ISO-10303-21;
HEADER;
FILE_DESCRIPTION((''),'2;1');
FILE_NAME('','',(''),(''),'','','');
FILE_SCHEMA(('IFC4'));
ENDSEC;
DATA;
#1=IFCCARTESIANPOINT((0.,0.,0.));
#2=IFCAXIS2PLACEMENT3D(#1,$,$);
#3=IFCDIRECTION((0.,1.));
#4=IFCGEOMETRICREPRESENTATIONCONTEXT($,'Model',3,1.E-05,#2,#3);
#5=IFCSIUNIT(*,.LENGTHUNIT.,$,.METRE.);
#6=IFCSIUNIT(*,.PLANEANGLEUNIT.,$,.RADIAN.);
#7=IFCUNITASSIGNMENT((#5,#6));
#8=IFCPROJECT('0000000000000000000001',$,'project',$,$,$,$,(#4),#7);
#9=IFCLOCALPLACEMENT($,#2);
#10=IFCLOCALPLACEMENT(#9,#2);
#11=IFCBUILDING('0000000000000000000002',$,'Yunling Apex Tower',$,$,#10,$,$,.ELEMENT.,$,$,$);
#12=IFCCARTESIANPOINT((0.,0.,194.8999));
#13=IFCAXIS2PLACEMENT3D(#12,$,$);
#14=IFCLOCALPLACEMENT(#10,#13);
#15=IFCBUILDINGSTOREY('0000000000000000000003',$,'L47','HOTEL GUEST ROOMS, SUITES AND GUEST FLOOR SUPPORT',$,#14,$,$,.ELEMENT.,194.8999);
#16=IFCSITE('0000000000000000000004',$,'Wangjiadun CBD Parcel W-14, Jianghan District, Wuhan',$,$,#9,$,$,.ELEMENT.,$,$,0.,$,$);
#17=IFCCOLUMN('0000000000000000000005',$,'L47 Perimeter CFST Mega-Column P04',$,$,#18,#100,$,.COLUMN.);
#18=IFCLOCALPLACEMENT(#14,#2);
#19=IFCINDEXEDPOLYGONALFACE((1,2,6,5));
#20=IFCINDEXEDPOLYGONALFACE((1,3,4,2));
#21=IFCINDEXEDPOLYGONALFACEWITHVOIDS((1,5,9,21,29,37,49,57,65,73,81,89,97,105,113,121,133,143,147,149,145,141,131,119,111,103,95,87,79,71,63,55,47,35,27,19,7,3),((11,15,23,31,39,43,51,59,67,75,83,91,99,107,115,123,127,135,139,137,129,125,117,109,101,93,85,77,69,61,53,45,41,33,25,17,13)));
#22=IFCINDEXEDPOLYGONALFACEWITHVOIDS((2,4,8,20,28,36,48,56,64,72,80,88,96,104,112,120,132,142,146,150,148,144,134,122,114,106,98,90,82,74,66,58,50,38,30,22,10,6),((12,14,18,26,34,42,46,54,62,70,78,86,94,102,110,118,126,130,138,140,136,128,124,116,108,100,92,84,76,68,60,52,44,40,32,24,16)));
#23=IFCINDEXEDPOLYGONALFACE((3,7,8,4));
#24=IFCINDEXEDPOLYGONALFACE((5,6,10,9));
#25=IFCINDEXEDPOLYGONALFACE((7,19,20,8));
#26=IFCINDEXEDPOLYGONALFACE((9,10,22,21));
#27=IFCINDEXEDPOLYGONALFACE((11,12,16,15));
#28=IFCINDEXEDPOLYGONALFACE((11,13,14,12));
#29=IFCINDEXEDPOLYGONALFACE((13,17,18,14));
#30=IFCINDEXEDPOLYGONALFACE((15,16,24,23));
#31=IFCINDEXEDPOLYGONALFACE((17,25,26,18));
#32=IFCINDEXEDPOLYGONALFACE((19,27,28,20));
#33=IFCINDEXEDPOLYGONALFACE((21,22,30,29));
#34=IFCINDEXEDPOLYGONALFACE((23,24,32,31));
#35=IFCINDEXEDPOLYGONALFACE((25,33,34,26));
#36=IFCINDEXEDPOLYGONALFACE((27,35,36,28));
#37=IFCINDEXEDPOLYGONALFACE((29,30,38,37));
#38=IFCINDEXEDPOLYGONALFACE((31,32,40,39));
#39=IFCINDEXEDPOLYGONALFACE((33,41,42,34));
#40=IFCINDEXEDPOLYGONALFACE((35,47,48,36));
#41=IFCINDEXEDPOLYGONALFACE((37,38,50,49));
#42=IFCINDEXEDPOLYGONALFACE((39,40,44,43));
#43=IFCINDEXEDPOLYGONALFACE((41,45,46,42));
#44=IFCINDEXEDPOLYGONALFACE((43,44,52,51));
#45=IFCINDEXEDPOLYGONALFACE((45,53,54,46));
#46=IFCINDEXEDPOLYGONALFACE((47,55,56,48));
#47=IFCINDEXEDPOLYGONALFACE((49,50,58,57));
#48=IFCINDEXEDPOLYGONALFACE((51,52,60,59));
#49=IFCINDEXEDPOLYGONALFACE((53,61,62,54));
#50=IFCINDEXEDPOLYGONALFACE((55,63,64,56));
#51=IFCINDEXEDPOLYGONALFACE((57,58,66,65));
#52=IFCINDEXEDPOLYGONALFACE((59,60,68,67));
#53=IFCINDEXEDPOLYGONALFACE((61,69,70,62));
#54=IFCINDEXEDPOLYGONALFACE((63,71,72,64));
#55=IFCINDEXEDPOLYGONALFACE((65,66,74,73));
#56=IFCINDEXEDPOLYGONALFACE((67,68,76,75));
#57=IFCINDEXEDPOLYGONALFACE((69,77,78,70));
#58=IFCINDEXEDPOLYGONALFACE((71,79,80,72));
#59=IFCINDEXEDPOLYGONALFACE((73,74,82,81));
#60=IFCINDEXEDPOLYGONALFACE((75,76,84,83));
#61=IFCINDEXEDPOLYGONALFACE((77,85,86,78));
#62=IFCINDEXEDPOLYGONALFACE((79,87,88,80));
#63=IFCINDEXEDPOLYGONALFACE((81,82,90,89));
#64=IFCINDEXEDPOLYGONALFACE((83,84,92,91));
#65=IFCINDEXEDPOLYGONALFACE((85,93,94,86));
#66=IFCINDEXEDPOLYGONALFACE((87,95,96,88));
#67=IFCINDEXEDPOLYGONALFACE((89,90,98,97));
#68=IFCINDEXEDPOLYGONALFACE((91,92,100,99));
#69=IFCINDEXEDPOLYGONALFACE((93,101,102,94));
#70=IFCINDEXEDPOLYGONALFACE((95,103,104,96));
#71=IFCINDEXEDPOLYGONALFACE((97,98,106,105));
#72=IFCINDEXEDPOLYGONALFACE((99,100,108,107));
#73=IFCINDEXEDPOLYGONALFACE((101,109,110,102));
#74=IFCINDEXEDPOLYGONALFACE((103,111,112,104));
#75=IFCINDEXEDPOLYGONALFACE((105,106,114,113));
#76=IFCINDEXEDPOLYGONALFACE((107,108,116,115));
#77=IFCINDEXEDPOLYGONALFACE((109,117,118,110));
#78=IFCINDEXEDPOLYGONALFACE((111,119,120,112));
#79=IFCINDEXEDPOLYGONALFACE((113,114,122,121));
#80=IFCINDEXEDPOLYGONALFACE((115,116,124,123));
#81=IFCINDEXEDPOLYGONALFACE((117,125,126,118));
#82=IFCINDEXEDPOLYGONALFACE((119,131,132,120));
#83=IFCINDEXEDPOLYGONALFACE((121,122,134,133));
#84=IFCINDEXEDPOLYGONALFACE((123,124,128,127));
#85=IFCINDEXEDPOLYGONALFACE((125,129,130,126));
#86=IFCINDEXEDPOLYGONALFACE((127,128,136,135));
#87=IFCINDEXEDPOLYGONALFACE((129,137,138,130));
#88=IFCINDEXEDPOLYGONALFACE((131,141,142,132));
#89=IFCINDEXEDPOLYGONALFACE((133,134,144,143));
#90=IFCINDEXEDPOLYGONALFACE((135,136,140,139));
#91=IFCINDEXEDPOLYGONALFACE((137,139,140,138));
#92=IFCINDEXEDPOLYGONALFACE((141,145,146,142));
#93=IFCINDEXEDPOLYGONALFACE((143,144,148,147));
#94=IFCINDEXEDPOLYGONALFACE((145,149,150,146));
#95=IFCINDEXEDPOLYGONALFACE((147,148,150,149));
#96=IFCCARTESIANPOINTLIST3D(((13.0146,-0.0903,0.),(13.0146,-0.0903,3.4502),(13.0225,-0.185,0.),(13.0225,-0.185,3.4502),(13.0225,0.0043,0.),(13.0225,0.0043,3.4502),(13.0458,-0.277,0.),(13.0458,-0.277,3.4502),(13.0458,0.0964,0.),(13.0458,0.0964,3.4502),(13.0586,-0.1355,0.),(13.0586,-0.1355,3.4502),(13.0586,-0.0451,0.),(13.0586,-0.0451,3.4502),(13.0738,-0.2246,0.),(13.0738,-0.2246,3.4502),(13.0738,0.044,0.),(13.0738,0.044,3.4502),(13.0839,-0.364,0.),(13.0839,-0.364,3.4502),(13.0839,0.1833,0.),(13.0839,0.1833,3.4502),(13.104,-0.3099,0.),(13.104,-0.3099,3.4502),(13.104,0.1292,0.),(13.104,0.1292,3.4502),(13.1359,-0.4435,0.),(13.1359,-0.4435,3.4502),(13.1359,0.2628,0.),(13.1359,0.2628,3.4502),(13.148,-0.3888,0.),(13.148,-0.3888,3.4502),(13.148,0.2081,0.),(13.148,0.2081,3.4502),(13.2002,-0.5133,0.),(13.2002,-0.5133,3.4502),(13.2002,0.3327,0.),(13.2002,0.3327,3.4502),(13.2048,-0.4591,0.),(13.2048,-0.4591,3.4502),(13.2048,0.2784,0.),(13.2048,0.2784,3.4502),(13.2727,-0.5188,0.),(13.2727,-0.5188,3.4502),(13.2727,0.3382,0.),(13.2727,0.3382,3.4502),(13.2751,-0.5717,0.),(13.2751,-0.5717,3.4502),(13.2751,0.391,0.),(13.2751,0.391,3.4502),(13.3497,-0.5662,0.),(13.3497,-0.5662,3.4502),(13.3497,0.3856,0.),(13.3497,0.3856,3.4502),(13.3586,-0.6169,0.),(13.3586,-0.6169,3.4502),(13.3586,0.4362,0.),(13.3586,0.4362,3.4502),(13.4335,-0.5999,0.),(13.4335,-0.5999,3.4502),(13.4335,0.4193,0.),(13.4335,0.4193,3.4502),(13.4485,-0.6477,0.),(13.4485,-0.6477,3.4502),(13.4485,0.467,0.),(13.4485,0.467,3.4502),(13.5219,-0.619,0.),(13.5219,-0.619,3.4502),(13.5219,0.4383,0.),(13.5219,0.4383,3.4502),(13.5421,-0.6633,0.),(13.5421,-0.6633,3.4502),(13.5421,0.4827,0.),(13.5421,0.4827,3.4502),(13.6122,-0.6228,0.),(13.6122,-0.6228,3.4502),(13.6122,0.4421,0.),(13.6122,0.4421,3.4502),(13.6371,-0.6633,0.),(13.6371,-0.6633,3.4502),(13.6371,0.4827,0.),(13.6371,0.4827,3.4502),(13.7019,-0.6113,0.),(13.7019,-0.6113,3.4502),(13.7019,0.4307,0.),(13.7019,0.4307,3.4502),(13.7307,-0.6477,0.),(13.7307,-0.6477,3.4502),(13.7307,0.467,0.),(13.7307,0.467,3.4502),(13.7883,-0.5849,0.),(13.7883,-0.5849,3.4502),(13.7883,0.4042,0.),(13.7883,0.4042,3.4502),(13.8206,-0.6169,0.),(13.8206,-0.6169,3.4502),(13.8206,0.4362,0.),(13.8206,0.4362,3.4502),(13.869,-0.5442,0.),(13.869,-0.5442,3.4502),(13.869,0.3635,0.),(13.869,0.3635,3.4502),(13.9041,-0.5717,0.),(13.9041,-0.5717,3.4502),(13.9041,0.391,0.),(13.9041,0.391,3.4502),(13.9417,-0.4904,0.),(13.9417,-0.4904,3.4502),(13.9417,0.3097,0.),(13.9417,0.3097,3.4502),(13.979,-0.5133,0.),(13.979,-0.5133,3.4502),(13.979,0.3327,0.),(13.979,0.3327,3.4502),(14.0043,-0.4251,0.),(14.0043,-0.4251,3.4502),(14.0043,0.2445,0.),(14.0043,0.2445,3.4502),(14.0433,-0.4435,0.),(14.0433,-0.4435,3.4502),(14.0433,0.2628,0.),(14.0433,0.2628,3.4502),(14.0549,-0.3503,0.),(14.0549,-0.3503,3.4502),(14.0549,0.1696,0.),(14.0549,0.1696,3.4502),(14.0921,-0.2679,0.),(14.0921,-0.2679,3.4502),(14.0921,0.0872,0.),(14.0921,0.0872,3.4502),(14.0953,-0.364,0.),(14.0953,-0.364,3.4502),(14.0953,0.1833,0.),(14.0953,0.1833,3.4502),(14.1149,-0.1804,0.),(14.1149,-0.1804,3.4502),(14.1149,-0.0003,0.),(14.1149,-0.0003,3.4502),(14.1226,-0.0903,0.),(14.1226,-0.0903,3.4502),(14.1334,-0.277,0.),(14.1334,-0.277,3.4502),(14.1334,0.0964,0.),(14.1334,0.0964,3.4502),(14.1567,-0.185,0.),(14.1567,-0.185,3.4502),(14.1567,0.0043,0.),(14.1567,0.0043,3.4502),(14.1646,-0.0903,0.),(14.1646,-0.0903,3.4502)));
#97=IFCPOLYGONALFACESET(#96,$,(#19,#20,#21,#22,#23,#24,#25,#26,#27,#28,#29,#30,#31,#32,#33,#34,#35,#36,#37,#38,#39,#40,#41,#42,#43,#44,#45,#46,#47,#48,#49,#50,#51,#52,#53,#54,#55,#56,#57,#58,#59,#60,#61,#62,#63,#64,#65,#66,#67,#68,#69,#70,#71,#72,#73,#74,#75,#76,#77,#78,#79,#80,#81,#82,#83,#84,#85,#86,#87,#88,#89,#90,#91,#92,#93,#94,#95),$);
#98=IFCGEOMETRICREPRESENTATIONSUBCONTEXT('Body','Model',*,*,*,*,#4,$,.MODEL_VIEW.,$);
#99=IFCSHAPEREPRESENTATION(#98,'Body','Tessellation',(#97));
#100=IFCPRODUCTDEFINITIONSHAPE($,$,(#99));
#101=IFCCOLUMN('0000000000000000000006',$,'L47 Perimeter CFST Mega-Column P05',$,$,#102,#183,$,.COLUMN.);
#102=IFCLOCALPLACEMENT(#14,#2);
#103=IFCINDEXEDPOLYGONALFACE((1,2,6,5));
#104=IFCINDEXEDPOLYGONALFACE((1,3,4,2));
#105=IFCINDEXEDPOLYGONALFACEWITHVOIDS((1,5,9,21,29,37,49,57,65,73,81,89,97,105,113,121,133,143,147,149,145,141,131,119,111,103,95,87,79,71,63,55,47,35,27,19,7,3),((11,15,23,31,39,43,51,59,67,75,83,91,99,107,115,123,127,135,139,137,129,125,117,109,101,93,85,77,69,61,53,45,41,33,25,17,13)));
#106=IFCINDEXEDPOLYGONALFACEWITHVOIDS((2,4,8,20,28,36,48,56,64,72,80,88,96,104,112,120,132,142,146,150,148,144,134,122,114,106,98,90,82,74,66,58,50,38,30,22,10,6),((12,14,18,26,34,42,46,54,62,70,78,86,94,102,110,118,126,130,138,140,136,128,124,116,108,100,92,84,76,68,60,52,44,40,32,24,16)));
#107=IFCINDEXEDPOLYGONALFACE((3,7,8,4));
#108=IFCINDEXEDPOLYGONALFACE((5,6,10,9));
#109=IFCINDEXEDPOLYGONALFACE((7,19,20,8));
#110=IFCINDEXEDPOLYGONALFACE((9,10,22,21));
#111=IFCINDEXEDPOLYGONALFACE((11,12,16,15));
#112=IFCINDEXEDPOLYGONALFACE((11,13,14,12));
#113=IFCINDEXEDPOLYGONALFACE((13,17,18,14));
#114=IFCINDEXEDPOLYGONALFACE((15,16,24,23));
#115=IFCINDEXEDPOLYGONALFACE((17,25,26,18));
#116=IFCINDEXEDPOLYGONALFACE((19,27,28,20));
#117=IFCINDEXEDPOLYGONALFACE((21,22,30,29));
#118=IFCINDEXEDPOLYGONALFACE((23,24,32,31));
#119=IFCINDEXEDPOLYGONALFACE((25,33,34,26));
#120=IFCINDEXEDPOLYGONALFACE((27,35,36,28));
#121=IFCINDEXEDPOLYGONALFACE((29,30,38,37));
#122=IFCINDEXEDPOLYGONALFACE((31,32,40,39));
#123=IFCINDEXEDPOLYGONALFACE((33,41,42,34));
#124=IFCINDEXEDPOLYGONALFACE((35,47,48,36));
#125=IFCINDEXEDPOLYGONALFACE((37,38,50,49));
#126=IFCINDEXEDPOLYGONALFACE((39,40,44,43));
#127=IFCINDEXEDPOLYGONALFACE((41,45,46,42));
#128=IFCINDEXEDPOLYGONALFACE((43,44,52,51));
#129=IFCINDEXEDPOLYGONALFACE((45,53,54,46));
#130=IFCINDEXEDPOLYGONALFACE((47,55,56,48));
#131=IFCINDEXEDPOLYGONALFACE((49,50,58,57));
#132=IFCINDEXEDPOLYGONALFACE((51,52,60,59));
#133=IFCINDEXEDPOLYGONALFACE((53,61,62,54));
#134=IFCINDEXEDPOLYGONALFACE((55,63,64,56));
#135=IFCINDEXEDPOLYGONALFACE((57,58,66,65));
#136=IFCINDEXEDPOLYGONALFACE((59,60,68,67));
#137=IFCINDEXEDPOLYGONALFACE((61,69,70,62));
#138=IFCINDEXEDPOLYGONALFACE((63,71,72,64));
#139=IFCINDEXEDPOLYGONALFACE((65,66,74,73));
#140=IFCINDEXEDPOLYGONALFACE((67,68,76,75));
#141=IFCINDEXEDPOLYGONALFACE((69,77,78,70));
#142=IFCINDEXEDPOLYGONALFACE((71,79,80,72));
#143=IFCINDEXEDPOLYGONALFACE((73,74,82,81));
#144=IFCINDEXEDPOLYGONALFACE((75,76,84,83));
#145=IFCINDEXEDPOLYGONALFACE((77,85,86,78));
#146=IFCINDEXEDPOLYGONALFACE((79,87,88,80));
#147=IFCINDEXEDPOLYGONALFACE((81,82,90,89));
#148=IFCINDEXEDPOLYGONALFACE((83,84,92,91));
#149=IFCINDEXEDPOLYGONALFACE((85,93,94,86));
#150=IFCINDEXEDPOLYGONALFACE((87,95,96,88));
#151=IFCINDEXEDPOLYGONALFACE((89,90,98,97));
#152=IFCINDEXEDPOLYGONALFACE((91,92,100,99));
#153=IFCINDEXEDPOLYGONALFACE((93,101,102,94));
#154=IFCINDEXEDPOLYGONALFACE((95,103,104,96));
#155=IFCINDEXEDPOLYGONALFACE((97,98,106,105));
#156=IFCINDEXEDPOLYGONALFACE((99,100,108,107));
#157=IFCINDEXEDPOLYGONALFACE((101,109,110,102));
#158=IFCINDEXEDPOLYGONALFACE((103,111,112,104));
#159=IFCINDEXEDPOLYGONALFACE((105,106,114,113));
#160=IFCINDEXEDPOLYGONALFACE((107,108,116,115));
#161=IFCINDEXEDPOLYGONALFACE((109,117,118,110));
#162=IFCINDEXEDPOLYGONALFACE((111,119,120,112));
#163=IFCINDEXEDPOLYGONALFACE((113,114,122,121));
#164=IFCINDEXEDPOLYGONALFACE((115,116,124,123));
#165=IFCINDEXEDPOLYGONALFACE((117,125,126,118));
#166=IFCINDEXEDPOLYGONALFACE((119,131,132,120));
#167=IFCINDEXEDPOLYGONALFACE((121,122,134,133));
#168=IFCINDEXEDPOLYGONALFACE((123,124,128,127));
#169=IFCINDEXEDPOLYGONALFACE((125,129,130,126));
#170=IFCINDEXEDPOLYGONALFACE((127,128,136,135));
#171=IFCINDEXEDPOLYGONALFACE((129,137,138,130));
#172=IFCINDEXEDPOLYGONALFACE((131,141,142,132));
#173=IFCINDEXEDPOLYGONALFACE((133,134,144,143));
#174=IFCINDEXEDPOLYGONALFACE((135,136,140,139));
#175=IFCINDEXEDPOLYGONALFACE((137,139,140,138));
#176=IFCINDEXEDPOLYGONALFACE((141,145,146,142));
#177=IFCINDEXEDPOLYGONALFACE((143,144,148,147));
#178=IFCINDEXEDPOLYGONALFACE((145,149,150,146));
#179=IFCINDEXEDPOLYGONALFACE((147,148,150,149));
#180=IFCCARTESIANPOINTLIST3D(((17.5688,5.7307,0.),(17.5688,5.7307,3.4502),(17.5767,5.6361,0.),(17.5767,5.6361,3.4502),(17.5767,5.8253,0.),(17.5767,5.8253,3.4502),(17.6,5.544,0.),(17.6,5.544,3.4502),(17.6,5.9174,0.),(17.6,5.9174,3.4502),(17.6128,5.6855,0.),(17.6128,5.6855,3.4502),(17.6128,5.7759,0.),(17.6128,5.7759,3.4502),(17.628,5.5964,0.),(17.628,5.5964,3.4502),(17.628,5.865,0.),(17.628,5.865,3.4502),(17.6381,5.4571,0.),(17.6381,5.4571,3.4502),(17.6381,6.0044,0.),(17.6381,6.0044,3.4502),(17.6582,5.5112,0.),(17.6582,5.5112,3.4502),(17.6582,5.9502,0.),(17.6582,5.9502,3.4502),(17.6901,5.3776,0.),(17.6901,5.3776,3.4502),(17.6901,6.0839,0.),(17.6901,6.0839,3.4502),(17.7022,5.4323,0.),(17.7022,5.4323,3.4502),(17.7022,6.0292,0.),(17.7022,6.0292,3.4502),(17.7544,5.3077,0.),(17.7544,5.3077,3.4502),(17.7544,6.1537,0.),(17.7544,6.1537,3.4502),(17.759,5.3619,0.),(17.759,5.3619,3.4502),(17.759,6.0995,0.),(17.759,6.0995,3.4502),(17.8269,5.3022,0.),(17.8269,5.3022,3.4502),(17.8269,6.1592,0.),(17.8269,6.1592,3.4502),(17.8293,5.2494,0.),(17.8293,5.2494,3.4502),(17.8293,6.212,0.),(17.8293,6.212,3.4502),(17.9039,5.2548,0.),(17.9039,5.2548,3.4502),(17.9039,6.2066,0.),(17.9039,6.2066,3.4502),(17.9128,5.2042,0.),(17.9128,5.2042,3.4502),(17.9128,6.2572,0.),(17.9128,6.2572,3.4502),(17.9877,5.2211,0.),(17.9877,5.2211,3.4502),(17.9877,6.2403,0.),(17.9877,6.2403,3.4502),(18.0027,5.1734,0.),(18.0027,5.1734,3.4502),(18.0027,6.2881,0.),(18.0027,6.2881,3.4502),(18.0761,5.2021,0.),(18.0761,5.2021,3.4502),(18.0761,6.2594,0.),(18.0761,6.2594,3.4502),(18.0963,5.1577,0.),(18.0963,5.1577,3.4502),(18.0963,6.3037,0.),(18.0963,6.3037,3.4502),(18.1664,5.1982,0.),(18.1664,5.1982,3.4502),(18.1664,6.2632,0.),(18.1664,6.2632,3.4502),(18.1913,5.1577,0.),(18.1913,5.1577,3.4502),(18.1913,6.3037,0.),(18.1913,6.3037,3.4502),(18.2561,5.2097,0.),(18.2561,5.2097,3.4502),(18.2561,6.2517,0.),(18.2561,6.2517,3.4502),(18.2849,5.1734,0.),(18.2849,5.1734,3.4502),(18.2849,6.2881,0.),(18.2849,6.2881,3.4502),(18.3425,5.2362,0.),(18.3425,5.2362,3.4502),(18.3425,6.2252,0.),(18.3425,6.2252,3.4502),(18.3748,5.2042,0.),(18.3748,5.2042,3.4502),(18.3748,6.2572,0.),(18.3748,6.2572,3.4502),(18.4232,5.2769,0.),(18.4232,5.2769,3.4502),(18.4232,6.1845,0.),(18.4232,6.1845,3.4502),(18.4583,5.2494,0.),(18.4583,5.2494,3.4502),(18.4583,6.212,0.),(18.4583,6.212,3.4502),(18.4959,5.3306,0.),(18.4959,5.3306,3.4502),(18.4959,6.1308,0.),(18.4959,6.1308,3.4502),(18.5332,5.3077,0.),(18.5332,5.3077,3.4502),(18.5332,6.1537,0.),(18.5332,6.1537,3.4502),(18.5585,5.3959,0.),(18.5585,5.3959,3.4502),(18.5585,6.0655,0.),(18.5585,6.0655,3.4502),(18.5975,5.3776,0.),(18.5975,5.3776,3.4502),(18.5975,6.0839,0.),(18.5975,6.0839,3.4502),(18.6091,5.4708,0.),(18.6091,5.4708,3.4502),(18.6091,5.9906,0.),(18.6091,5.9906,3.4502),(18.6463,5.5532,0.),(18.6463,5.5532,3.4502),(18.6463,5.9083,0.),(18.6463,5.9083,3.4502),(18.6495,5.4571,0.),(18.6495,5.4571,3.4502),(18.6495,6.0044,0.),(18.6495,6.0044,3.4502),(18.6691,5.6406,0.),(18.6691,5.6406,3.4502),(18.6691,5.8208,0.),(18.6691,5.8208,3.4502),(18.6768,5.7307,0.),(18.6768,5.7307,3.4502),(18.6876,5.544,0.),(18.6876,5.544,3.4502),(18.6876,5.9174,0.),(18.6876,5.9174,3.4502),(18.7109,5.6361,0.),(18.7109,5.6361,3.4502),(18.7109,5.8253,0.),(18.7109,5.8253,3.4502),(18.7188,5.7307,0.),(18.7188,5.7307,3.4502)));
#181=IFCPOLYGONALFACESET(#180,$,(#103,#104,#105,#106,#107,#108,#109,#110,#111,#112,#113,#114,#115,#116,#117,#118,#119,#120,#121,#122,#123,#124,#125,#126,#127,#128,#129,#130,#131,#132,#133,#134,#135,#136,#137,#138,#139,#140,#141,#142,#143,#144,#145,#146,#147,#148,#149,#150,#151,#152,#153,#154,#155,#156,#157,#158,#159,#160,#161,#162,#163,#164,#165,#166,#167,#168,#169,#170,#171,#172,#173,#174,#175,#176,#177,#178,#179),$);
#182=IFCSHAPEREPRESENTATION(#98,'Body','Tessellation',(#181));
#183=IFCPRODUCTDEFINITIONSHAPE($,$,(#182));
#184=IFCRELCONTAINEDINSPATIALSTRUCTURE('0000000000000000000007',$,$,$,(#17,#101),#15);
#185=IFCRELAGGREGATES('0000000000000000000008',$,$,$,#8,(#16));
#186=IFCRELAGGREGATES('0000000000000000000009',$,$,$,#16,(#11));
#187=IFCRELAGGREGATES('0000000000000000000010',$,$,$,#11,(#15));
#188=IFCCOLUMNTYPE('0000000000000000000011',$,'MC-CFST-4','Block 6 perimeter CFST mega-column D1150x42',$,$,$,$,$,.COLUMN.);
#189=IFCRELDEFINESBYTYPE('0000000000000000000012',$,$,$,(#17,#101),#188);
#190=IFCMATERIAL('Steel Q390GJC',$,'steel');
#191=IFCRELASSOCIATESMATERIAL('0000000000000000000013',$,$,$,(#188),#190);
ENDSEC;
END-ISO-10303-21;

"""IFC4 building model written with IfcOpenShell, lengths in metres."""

from ifc_helpers import new_model, si_unit, direction, frame, origin, origin_2d, place, context, subcontext, project, spatial, hollow_circle, extrude, source, transform, mapped, material, material_profile, profile_set, type_object, element, save


model = new_model("IFC4")

# Units and contexts
model_context = context("Model", 3, precision=1e-05, world=origin(), true_north=direction((0.0, 1.0)))
body_context = subcontext(model_context, "Body", "Model", "MODEL_VIEW")
ifc_project = project(units=[si_unit("LENGTHUNIT", "METRE"), si_unit("PLANEANGLEUNIT", "RADIAN")], contexts=[model_context])

# Site, building, storey
site_placement = place(None, origin())
site = spatial("IfcSite", under=ifc_project, at=site_placement, Name="Wangjiadun CBD Parcel W-14, Jianghan District, Wuhan", CompositionType="ELEMENT", RefElevation=0.0)
building_placement = place(site_placement, origin())
building = spatial("IfcBuilding", under=site, at=building_placement, Name="Yunling Apex Tower", CompositionType="ELEMENT")
storey_placement = place(building_placement, frame((0.0, 0.0, 194.8999)))
storey = spatial("IfcBuildingStorey", under=building, at=storey_placement, Name="L47", Description="HOTEL GUEST ROOMS, SUITES AND GUEST FLOOR SUPPORT", CompositionType="ELEMENT", Elevation=194.8999)

# Columns
ifc_material_1 = material(Name="Steel Q390GJC", Category="steel")
ifc_material_profile_1 = material_profile(ifc_material_1, hollow_circle(Radius=0.575, WallThickness=0.042, at=origin_2d()))
ifc_profile_set_1 = profile_set([ifc_material_profile_1], Name="Steel Q390GJC")
column_type = type_object("IfcColumnType", Name="MC-CFST-4", Description="Block 6 perimeter CFST mega-column D1150x42", PredefinedType="COLUMN", material=ifc_profile_set_1)
shared_shape_1 = source(origin(), body_context, "Body", "SweptSolid", [
    extrude(hollow_circle(Radius=0.575, WallThickness=0.042, at=origin_2d()), origin(), (0.0, 0.0, 1.0), 3.4502),
])
for number, where, z_axis, x_axis, name in (
    (1, (13.5896, -0.0903, 0.0), (0.0, 0.0, 1.0), (1.0, 0.0, 0.0), "L47 Perimeter CFST Mega-Column P04"),
    (2, (18.1438, 5.7307, 0.0), (0.0, 0.0, 1.0), (1.0, 0.0, 0.0), "L47 Perimeter CFST Mega-Column P05"),
):
    element("IfcColumn", number, at=place(storey_placement, frame(where, z_axis=z_axis, x_axis=x_axis)), inside=storey, type_object=column_type, Name=name, PredefinedType="COLUMN", context=body_context, shape_type="MappedRepresentation", body=[
        mapped(shared_shape_1, transform((0.0, 0.0, 0.0), scale=1.0)),
    ])

save(model, "model.ifc")
